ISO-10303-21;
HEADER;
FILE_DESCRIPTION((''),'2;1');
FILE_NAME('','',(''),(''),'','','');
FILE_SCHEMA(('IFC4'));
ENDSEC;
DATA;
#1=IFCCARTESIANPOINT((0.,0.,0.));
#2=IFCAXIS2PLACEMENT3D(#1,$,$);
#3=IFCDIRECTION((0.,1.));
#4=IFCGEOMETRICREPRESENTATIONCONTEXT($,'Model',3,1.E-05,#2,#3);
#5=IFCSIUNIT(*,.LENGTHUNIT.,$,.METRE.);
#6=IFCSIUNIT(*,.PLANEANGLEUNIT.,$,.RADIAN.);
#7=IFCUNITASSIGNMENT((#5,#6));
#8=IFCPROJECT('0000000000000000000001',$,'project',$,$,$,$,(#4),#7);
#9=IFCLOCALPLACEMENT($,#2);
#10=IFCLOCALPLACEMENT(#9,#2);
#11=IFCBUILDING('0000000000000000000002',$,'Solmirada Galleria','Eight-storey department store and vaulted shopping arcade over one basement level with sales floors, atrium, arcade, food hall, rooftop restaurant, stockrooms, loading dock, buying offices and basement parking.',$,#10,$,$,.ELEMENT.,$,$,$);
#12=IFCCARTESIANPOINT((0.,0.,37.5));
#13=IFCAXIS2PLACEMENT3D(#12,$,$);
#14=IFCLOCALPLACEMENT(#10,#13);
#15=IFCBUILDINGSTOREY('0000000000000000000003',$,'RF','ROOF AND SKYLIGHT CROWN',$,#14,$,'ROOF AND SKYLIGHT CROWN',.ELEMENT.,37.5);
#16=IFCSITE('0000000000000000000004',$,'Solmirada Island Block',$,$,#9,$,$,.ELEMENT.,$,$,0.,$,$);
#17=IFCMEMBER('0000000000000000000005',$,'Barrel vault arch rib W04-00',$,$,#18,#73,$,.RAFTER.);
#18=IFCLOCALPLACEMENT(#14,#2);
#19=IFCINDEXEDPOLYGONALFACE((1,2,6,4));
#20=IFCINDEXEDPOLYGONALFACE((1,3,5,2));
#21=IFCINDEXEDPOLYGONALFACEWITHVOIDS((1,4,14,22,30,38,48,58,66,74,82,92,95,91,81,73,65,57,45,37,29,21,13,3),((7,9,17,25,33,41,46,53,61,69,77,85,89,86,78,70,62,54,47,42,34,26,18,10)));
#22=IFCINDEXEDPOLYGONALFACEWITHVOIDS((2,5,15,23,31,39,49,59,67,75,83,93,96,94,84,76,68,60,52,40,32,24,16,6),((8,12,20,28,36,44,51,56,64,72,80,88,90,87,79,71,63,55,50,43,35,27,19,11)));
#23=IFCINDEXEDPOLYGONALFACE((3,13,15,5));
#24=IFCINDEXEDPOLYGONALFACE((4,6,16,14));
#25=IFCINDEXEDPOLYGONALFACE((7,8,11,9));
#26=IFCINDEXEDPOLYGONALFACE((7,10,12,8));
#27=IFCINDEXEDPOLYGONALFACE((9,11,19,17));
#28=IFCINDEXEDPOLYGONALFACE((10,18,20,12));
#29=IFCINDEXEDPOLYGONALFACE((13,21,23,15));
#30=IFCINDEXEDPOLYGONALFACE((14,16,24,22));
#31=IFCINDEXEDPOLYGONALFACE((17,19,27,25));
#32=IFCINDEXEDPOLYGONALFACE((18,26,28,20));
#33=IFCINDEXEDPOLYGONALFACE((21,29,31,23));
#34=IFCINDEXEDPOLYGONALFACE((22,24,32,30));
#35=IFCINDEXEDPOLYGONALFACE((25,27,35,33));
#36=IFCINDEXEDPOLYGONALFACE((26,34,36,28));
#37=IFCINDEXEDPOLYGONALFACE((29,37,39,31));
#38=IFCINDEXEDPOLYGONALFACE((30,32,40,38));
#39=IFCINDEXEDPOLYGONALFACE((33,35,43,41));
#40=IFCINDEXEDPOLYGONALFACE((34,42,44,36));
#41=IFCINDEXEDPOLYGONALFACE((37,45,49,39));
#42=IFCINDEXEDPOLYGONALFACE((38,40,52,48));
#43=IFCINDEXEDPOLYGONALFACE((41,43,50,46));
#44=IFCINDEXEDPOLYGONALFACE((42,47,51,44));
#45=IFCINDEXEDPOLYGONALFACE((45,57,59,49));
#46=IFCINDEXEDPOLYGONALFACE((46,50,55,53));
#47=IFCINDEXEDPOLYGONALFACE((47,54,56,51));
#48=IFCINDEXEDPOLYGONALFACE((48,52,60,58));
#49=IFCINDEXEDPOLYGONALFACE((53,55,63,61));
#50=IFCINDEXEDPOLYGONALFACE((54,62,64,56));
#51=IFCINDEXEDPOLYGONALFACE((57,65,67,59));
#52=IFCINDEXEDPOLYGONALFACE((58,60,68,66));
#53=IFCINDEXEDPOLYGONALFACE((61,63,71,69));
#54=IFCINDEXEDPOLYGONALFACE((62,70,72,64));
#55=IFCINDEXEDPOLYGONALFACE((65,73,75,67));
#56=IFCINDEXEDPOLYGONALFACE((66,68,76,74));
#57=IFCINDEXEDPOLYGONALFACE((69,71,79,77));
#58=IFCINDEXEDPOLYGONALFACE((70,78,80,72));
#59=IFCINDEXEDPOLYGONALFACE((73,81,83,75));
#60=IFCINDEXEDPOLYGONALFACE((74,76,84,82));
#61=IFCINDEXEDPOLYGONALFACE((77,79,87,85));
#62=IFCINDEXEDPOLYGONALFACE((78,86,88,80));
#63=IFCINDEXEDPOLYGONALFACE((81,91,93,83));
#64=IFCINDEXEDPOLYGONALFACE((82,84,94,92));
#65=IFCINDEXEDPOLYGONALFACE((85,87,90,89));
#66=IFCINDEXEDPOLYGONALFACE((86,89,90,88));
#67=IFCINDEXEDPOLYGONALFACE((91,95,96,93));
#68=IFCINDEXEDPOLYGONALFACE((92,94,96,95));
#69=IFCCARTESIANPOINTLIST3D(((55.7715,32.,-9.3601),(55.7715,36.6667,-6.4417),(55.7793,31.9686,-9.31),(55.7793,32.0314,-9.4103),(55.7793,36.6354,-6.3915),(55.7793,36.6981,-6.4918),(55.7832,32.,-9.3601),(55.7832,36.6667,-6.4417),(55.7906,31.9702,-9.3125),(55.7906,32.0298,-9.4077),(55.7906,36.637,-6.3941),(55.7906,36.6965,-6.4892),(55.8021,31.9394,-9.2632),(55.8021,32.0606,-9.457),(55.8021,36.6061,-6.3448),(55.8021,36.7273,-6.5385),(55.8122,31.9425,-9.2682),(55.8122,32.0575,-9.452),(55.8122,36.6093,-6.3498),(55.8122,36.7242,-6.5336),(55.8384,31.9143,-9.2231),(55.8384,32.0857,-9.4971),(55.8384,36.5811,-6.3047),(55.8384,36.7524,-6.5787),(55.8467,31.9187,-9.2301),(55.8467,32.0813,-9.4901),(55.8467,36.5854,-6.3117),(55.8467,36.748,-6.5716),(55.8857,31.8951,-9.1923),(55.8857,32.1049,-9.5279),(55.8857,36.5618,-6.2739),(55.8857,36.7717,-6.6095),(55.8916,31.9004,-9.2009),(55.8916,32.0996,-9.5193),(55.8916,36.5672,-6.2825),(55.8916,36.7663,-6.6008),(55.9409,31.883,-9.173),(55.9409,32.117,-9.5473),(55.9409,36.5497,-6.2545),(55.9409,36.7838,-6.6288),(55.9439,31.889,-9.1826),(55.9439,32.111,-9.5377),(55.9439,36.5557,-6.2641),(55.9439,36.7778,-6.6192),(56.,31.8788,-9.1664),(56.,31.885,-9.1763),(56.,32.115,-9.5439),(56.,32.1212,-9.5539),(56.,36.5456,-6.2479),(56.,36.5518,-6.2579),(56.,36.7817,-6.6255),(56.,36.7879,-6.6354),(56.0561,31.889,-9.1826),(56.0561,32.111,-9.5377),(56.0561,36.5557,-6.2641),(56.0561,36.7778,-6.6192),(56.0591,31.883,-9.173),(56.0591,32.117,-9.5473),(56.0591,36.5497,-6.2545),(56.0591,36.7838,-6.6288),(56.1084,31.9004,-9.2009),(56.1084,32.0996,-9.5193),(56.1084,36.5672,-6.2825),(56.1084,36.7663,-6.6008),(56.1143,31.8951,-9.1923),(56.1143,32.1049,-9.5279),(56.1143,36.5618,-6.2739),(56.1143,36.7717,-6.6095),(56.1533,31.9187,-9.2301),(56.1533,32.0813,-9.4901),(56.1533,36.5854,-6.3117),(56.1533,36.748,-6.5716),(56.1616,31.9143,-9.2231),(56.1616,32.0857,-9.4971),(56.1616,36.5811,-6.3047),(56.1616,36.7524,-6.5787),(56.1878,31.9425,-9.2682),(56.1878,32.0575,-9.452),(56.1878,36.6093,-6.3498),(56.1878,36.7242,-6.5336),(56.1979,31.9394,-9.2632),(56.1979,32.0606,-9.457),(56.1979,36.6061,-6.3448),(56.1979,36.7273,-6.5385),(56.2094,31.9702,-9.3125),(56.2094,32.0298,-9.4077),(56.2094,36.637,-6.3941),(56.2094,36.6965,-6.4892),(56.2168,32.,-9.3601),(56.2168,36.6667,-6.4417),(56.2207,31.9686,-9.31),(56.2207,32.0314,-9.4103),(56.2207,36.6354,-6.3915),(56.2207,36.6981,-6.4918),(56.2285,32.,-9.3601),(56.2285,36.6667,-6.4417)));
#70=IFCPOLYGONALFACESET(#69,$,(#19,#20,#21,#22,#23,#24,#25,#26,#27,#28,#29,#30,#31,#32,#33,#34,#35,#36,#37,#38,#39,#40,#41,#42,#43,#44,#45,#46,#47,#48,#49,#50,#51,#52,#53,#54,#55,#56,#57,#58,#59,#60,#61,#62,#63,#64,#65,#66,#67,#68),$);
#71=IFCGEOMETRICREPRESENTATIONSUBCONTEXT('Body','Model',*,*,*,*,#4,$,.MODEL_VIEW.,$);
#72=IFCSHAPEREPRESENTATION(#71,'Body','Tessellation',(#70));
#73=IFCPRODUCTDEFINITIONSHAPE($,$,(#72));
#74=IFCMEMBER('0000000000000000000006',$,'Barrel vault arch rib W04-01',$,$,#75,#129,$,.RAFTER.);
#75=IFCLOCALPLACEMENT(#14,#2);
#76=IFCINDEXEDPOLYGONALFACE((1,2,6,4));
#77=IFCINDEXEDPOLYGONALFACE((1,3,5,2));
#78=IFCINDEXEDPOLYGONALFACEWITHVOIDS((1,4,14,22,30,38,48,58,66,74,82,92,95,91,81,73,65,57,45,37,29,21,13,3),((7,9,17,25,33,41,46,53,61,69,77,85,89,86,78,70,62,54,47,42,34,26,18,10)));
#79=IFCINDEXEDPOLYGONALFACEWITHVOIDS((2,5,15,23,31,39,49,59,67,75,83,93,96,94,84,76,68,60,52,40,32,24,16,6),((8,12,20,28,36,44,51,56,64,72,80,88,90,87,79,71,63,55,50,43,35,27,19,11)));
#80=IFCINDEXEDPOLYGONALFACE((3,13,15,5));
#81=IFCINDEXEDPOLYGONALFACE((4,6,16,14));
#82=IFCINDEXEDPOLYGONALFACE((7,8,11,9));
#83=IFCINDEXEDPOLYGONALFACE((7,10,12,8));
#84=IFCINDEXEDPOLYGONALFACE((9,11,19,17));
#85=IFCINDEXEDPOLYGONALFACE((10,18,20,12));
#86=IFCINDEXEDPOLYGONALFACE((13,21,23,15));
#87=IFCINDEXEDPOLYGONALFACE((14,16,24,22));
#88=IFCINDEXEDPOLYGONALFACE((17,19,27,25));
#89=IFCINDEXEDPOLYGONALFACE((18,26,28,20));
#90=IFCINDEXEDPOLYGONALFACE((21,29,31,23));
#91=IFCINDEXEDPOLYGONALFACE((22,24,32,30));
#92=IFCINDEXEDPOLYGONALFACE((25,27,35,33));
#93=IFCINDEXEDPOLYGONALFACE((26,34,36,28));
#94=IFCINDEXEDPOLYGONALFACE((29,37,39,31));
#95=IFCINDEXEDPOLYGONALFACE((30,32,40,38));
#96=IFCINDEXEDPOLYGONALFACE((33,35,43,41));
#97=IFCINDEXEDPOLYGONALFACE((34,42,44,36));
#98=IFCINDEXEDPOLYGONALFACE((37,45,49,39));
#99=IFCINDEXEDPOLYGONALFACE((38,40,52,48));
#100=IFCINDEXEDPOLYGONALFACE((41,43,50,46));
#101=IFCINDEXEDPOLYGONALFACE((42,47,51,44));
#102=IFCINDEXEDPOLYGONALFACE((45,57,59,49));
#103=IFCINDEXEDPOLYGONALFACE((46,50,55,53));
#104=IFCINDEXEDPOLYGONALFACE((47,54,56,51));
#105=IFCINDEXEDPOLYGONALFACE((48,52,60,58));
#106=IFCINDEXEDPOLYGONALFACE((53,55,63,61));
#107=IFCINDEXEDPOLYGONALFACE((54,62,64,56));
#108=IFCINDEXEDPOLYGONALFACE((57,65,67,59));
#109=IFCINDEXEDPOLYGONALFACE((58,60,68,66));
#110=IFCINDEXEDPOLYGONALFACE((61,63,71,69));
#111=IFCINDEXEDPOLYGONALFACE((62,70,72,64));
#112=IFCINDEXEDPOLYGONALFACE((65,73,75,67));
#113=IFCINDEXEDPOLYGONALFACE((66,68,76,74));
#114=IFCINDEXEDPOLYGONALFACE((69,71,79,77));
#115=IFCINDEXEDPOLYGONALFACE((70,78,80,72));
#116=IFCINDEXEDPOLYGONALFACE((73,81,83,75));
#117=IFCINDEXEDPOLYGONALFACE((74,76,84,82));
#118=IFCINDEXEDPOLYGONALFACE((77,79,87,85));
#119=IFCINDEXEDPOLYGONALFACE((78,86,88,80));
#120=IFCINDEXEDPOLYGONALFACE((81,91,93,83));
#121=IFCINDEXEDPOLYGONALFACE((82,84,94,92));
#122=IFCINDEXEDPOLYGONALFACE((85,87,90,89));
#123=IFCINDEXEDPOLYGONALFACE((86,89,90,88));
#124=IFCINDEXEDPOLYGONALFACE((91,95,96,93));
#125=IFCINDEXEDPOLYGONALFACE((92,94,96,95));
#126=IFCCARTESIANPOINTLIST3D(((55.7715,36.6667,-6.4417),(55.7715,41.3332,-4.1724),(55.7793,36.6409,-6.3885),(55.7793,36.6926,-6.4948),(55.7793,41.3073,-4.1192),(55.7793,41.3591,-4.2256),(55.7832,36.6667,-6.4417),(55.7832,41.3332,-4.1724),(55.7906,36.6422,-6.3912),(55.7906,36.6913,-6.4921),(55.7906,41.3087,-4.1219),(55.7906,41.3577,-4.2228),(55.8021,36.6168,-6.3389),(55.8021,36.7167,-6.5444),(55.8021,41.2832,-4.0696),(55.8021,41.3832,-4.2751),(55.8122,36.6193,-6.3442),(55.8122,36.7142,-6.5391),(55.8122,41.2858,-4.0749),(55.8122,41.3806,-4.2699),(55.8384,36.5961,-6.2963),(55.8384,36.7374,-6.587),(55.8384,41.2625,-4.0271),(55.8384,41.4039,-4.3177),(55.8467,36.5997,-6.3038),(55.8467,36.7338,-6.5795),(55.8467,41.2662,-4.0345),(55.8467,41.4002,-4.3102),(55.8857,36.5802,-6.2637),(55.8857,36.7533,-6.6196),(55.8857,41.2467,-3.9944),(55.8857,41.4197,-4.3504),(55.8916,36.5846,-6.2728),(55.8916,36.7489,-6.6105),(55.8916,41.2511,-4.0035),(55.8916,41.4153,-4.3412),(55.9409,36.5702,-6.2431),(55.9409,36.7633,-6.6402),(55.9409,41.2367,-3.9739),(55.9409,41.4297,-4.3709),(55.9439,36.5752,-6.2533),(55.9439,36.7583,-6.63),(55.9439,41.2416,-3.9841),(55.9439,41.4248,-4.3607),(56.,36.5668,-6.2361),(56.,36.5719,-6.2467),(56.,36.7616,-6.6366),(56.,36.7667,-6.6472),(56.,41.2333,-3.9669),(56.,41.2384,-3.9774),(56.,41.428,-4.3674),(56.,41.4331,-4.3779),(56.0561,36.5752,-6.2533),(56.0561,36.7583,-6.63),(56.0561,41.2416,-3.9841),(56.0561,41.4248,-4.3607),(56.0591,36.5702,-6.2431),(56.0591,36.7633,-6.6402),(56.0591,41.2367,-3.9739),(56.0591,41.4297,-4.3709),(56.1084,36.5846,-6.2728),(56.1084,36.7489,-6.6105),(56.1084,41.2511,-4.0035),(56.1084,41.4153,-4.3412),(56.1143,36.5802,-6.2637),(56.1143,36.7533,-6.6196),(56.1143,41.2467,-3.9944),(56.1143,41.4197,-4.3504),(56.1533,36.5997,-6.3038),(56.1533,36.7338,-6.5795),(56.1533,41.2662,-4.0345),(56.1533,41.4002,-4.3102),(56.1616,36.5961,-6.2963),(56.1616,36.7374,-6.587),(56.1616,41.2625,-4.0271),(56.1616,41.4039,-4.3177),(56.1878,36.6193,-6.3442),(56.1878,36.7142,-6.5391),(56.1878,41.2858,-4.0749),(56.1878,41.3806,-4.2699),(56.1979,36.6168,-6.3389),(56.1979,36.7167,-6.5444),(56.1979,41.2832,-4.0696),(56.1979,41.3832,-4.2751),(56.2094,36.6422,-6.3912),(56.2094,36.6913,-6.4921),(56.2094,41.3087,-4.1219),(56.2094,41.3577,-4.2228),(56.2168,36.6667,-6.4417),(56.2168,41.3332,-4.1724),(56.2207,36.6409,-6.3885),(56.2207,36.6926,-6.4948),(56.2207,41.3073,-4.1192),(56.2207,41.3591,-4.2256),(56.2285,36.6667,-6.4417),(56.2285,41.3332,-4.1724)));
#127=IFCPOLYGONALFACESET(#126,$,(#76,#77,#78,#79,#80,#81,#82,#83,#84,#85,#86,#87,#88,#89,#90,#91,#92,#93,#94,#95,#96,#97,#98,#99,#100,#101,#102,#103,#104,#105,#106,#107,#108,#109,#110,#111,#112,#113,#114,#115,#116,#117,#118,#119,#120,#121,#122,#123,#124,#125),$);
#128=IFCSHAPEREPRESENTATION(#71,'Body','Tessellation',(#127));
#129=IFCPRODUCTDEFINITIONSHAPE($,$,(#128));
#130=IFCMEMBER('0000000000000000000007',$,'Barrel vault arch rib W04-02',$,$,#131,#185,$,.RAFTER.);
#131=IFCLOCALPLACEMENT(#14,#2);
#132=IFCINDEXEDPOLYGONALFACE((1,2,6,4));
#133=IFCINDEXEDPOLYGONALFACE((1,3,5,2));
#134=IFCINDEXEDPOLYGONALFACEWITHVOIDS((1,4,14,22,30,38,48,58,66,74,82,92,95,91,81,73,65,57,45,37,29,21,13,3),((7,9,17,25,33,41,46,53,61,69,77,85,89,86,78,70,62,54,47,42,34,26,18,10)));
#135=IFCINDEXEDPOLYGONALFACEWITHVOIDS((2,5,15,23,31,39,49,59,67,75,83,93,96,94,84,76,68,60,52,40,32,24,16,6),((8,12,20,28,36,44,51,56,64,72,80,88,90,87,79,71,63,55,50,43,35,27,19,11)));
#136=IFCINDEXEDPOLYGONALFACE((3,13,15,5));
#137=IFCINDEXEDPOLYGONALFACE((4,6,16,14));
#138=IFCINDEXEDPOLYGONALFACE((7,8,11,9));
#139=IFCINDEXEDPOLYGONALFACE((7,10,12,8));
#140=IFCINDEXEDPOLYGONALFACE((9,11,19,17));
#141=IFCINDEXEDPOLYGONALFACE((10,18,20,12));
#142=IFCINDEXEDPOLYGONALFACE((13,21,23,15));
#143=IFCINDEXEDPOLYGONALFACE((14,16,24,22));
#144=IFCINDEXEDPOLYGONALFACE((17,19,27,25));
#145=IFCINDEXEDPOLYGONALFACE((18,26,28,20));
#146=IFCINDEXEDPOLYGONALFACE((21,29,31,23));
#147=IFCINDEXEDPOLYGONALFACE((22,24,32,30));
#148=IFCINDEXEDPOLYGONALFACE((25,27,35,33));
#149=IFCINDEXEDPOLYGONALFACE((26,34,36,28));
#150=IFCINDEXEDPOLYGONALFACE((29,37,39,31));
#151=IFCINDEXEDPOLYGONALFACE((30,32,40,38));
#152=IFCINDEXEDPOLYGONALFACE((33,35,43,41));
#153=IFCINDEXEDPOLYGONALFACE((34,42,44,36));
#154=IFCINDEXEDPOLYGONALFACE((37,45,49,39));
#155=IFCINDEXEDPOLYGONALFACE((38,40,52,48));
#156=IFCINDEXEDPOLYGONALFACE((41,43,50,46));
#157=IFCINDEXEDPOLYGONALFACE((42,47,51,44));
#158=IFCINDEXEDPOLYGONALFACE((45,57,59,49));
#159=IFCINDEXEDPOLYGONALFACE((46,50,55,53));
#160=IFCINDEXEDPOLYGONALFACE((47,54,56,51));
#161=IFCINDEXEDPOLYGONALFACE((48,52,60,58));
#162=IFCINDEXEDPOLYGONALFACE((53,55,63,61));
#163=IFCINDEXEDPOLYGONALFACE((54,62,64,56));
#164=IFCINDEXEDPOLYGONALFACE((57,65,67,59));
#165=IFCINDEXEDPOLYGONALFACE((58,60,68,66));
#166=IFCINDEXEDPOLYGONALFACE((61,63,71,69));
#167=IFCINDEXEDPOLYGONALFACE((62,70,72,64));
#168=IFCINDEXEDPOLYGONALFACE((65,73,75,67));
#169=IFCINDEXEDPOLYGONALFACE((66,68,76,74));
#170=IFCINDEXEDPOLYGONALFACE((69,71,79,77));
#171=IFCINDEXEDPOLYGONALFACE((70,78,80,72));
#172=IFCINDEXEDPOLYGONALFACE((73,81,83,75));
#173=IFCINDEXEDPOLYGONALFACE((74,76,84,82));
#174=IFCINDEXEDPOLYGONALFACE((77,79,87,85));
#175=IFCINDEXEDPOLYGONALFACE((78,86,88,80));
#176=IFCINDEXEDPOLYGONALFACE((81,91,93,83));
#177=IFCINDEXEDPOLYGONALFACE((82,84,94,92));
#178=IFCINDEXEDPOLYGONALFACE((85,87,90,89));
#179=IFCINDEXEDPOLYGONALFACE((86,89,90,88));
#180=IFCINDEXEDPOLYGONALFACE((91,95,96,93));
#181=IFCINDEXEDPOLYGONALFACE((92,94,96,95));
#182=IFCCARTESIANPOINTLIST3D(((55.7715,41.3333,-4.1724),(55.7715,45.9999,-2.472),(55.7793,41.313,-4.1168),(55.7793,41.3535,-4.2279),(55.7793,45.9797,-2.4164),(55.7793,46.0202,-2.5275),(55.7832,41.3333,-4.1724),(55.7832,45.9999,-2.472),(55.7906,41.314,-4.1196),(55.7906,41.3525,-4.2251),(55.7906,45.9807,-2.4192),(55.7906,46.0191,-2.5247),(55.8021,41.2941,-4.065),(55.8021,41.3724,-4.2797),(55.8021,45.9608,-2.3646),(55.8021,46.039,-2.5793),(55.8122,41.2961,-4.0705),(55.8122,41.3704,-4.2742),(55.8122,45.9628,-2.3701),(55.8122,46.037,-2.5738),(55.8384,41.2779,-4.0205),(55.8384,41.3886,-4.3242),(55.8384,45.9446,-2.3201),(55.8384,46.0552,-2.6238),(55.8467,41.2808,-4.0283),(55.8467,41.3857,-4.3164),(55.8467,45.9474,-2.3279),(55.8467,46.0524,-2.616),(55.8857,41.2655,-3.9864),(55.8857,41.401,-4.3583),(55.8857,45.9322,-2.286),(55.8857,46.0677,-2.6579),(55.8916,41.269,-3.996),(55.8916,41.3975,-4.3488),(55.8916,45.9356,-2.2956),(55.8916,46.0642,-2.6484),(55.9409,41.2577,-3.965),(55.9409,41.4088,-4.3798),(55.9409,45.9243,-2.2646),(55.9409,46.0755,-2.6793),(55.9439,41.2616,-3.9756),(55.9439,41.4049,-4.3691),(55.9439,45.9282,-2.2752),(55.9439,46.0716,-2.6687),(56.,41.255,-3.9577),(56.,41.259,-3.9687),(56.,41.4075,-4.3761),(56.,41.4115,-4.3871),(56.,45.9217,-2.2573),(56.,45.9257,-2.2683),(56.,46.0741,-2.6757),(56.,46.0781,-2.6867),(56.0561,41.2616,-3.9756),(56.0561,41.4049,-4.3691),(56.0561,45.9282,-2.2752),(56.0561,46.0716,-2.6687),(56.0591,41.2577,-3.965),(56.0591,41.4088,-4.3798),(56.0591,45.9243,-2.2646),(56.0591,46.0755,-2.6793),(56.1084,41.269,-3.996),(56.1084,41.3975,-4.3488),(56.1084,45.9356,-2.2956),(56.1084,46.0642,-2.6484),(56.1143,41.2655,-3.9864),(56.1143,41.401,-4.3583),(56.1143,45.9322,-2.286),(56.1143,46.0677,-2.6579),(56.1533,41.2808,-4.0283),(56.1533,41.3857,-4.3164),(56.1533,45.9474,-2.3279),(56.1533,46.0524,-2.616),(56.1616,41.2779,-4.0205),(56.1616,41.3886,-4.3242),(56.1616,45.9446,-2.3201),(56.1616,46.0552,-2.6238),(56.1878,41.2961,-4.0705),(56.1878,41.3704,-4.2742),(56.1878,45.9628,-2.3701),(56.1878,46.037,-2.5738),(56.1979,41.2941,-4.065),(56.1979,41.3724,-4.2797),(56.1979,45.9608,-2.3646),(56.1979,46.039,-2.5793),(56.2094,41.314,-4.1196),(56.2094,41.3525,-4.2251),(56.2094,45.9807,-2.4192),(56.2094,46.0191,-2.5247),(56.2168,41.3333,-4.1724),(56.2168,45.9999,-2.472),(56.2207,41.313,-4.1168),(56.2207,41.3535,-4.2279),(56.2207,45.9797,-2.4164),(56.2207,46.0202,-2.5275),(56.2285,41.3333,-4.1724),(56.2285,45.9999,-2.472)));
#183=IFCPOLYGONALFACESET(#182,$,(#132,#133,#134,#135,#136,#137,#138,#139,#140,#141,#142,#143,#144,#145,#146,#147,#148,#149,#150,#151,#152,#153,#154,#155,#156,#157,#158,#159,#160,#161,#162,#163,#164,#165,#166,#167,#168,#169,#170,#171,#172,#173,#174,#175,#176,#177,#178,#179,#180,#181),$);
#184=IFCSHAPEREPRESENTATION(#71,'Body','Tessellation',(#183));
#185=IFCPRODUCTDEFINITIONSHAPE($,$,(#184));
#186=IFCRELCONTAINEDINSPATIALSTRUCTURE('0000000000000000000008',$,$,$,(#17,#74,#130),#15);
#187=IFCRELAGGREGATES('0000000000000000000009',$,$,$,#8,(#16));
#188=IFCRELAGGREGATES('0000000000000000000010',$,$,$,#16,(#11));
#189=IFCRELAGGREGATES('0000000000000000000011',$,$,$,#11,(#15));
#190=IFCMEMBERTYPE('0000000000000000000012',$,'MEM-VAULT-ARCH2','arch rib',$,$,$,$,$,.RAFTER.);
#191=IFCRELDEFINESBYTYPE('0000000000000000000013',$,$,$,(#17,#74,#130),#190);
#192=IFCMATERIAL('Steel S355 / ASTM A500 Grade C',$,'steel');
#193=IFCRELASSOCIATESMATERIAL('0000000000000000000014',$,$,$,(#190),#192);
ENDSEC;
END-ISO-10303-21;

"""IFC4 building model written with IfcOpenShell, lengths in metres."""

from ifc_helpers import new_model, si_unit, direction, frame, origin, origin_2d, place, context, subcontext, project, spatial, hollow_circle, extrude, material, material_profile, profile_set, type_object, element, save


model = new_model("IFC4")

# Units and contexts
model_context = context("Model", 3, precision=1e-05, world=origin(), true_north=direction((0.0, 1.0)))
body_context = subcontext(model_context, "Body", "Model", "MODEL_VIEW")
ifc_project = project(units=[si_unit("LENGTHUNIT", "METRE"), si_unit("PLANEANGLEUNIT", "RADIAN")], contexts=[model_context])

# Site, building, storey
site_placement = place(None, origin())
site = spatial("IfcSite", under=ifc_project, at=site_placement, Name="Solmirada Island Block", CompositionType="ELEMENT", RefElevation=0.0)
building_placement = place(site_placement, origin())
building = spatial("IfcBuilding", under=site, at=building_placement, Name="Solmirada Galleria", Description="Eight-storey department store and vaulted shopping arcade over one basement level with sales floors, atrium, arcade, food hall, rooftop restaurant, stockrooms, loading dock, buying offices and basement parking.", CompositionType="ELEMENT")
storey_placement = place(building_placement, frame((0.0, 0.0, 37.5)))
storey = spatial("IfcBuildingStorey", under=building, at=storey_placement, Name="RF", Description="ROOF AND SKYLIGHT CROWN", LongName="ROOF AND SKYLIGHT CROWN", CompositionType="ELEMENT", Elevation=37.5)

# Members
ifc_material_1 = material(Name="Steel S355 / ASTM A500 Grade C", Category="steel")
ifc_material_profile_1 = material_profile(ifc_material_1, hollow_circle(Radius=0.2285, WallThickness=0.0117, at=origin_2d()), Name="HSS18.000X0.500")
ifc_profile_set_1 = profile_set([ifc_material_profile_1], Name="Steel S355 / ASTM A500 Grade C")
member_type_1 = type_object("IfcMemberType", Name="MEM-VAULT-ARCH2", Description="arch rib", PredefinedType="RAFTER", material=ifc_profile_set_1)
member_1_placement = place(storey_placement, frame((56.0, 32.0, -9.3601), z_axis=(0.0, 0.847856, 0.530226), x_axis=(-1.0, 0.0, 0.0)))
element("IfcMember", 1, at=member_1_placement, inside=storey, type_object=member_type_1, Name="Barrel vault arch rib W04-00", PredefinedType="RAFTER", context=body_context, shape_type="SweptSolid", body=[
    extrude(hollow_circle(Radius=0.2285, WallThickness=0.0117, at=origin_2d()), origin(), (0.0, 0.0, 1.0), 5.5042),
])
member_2_placement = place(storey_placement, frame((56.0, 36.6667, -6.4417), z_axis=(0.0, 0.899304, 0.437325), x_axis=(-1.0, 0.0, 0.0)))
element("IfcMember", 2, at=member_2_placement, inside=storey, type_object=member_type_1, Name="Barrel vault arch rib W04-01", PredefinedType="RAFTER", context=body_context, shape_type="SweptSolid", body=[
    extrude(hollow_circle(Radius=0.2285, WallThickness=0.0117, at=origin_2d()), origin(), (0.0, 0.0, 1.0), 5.189),
])
member_3_placement = place(storey_placement, frame((56.0, 41.3333, -4.1724), z_axis=(0.0, 0.939571, 0.342355), x_axis=(-1.0, 0.0, 0.0)))
element("IfcMember", 3, at=member_3_placement, inside=storey, type_object=member_type_1, Name="Barrel vault arch rib W04-02", PredefinedType="RAFTER", context=body_context, shape_type="SweptSolid", body=[
    extrude(hollow_circle(Radius=0.2285, WallThickness=0.0117, at=origin_2d()), origin(), (0.0, 0.0, 1.0), 4.9668),
])

save(model, "model.ifc")
